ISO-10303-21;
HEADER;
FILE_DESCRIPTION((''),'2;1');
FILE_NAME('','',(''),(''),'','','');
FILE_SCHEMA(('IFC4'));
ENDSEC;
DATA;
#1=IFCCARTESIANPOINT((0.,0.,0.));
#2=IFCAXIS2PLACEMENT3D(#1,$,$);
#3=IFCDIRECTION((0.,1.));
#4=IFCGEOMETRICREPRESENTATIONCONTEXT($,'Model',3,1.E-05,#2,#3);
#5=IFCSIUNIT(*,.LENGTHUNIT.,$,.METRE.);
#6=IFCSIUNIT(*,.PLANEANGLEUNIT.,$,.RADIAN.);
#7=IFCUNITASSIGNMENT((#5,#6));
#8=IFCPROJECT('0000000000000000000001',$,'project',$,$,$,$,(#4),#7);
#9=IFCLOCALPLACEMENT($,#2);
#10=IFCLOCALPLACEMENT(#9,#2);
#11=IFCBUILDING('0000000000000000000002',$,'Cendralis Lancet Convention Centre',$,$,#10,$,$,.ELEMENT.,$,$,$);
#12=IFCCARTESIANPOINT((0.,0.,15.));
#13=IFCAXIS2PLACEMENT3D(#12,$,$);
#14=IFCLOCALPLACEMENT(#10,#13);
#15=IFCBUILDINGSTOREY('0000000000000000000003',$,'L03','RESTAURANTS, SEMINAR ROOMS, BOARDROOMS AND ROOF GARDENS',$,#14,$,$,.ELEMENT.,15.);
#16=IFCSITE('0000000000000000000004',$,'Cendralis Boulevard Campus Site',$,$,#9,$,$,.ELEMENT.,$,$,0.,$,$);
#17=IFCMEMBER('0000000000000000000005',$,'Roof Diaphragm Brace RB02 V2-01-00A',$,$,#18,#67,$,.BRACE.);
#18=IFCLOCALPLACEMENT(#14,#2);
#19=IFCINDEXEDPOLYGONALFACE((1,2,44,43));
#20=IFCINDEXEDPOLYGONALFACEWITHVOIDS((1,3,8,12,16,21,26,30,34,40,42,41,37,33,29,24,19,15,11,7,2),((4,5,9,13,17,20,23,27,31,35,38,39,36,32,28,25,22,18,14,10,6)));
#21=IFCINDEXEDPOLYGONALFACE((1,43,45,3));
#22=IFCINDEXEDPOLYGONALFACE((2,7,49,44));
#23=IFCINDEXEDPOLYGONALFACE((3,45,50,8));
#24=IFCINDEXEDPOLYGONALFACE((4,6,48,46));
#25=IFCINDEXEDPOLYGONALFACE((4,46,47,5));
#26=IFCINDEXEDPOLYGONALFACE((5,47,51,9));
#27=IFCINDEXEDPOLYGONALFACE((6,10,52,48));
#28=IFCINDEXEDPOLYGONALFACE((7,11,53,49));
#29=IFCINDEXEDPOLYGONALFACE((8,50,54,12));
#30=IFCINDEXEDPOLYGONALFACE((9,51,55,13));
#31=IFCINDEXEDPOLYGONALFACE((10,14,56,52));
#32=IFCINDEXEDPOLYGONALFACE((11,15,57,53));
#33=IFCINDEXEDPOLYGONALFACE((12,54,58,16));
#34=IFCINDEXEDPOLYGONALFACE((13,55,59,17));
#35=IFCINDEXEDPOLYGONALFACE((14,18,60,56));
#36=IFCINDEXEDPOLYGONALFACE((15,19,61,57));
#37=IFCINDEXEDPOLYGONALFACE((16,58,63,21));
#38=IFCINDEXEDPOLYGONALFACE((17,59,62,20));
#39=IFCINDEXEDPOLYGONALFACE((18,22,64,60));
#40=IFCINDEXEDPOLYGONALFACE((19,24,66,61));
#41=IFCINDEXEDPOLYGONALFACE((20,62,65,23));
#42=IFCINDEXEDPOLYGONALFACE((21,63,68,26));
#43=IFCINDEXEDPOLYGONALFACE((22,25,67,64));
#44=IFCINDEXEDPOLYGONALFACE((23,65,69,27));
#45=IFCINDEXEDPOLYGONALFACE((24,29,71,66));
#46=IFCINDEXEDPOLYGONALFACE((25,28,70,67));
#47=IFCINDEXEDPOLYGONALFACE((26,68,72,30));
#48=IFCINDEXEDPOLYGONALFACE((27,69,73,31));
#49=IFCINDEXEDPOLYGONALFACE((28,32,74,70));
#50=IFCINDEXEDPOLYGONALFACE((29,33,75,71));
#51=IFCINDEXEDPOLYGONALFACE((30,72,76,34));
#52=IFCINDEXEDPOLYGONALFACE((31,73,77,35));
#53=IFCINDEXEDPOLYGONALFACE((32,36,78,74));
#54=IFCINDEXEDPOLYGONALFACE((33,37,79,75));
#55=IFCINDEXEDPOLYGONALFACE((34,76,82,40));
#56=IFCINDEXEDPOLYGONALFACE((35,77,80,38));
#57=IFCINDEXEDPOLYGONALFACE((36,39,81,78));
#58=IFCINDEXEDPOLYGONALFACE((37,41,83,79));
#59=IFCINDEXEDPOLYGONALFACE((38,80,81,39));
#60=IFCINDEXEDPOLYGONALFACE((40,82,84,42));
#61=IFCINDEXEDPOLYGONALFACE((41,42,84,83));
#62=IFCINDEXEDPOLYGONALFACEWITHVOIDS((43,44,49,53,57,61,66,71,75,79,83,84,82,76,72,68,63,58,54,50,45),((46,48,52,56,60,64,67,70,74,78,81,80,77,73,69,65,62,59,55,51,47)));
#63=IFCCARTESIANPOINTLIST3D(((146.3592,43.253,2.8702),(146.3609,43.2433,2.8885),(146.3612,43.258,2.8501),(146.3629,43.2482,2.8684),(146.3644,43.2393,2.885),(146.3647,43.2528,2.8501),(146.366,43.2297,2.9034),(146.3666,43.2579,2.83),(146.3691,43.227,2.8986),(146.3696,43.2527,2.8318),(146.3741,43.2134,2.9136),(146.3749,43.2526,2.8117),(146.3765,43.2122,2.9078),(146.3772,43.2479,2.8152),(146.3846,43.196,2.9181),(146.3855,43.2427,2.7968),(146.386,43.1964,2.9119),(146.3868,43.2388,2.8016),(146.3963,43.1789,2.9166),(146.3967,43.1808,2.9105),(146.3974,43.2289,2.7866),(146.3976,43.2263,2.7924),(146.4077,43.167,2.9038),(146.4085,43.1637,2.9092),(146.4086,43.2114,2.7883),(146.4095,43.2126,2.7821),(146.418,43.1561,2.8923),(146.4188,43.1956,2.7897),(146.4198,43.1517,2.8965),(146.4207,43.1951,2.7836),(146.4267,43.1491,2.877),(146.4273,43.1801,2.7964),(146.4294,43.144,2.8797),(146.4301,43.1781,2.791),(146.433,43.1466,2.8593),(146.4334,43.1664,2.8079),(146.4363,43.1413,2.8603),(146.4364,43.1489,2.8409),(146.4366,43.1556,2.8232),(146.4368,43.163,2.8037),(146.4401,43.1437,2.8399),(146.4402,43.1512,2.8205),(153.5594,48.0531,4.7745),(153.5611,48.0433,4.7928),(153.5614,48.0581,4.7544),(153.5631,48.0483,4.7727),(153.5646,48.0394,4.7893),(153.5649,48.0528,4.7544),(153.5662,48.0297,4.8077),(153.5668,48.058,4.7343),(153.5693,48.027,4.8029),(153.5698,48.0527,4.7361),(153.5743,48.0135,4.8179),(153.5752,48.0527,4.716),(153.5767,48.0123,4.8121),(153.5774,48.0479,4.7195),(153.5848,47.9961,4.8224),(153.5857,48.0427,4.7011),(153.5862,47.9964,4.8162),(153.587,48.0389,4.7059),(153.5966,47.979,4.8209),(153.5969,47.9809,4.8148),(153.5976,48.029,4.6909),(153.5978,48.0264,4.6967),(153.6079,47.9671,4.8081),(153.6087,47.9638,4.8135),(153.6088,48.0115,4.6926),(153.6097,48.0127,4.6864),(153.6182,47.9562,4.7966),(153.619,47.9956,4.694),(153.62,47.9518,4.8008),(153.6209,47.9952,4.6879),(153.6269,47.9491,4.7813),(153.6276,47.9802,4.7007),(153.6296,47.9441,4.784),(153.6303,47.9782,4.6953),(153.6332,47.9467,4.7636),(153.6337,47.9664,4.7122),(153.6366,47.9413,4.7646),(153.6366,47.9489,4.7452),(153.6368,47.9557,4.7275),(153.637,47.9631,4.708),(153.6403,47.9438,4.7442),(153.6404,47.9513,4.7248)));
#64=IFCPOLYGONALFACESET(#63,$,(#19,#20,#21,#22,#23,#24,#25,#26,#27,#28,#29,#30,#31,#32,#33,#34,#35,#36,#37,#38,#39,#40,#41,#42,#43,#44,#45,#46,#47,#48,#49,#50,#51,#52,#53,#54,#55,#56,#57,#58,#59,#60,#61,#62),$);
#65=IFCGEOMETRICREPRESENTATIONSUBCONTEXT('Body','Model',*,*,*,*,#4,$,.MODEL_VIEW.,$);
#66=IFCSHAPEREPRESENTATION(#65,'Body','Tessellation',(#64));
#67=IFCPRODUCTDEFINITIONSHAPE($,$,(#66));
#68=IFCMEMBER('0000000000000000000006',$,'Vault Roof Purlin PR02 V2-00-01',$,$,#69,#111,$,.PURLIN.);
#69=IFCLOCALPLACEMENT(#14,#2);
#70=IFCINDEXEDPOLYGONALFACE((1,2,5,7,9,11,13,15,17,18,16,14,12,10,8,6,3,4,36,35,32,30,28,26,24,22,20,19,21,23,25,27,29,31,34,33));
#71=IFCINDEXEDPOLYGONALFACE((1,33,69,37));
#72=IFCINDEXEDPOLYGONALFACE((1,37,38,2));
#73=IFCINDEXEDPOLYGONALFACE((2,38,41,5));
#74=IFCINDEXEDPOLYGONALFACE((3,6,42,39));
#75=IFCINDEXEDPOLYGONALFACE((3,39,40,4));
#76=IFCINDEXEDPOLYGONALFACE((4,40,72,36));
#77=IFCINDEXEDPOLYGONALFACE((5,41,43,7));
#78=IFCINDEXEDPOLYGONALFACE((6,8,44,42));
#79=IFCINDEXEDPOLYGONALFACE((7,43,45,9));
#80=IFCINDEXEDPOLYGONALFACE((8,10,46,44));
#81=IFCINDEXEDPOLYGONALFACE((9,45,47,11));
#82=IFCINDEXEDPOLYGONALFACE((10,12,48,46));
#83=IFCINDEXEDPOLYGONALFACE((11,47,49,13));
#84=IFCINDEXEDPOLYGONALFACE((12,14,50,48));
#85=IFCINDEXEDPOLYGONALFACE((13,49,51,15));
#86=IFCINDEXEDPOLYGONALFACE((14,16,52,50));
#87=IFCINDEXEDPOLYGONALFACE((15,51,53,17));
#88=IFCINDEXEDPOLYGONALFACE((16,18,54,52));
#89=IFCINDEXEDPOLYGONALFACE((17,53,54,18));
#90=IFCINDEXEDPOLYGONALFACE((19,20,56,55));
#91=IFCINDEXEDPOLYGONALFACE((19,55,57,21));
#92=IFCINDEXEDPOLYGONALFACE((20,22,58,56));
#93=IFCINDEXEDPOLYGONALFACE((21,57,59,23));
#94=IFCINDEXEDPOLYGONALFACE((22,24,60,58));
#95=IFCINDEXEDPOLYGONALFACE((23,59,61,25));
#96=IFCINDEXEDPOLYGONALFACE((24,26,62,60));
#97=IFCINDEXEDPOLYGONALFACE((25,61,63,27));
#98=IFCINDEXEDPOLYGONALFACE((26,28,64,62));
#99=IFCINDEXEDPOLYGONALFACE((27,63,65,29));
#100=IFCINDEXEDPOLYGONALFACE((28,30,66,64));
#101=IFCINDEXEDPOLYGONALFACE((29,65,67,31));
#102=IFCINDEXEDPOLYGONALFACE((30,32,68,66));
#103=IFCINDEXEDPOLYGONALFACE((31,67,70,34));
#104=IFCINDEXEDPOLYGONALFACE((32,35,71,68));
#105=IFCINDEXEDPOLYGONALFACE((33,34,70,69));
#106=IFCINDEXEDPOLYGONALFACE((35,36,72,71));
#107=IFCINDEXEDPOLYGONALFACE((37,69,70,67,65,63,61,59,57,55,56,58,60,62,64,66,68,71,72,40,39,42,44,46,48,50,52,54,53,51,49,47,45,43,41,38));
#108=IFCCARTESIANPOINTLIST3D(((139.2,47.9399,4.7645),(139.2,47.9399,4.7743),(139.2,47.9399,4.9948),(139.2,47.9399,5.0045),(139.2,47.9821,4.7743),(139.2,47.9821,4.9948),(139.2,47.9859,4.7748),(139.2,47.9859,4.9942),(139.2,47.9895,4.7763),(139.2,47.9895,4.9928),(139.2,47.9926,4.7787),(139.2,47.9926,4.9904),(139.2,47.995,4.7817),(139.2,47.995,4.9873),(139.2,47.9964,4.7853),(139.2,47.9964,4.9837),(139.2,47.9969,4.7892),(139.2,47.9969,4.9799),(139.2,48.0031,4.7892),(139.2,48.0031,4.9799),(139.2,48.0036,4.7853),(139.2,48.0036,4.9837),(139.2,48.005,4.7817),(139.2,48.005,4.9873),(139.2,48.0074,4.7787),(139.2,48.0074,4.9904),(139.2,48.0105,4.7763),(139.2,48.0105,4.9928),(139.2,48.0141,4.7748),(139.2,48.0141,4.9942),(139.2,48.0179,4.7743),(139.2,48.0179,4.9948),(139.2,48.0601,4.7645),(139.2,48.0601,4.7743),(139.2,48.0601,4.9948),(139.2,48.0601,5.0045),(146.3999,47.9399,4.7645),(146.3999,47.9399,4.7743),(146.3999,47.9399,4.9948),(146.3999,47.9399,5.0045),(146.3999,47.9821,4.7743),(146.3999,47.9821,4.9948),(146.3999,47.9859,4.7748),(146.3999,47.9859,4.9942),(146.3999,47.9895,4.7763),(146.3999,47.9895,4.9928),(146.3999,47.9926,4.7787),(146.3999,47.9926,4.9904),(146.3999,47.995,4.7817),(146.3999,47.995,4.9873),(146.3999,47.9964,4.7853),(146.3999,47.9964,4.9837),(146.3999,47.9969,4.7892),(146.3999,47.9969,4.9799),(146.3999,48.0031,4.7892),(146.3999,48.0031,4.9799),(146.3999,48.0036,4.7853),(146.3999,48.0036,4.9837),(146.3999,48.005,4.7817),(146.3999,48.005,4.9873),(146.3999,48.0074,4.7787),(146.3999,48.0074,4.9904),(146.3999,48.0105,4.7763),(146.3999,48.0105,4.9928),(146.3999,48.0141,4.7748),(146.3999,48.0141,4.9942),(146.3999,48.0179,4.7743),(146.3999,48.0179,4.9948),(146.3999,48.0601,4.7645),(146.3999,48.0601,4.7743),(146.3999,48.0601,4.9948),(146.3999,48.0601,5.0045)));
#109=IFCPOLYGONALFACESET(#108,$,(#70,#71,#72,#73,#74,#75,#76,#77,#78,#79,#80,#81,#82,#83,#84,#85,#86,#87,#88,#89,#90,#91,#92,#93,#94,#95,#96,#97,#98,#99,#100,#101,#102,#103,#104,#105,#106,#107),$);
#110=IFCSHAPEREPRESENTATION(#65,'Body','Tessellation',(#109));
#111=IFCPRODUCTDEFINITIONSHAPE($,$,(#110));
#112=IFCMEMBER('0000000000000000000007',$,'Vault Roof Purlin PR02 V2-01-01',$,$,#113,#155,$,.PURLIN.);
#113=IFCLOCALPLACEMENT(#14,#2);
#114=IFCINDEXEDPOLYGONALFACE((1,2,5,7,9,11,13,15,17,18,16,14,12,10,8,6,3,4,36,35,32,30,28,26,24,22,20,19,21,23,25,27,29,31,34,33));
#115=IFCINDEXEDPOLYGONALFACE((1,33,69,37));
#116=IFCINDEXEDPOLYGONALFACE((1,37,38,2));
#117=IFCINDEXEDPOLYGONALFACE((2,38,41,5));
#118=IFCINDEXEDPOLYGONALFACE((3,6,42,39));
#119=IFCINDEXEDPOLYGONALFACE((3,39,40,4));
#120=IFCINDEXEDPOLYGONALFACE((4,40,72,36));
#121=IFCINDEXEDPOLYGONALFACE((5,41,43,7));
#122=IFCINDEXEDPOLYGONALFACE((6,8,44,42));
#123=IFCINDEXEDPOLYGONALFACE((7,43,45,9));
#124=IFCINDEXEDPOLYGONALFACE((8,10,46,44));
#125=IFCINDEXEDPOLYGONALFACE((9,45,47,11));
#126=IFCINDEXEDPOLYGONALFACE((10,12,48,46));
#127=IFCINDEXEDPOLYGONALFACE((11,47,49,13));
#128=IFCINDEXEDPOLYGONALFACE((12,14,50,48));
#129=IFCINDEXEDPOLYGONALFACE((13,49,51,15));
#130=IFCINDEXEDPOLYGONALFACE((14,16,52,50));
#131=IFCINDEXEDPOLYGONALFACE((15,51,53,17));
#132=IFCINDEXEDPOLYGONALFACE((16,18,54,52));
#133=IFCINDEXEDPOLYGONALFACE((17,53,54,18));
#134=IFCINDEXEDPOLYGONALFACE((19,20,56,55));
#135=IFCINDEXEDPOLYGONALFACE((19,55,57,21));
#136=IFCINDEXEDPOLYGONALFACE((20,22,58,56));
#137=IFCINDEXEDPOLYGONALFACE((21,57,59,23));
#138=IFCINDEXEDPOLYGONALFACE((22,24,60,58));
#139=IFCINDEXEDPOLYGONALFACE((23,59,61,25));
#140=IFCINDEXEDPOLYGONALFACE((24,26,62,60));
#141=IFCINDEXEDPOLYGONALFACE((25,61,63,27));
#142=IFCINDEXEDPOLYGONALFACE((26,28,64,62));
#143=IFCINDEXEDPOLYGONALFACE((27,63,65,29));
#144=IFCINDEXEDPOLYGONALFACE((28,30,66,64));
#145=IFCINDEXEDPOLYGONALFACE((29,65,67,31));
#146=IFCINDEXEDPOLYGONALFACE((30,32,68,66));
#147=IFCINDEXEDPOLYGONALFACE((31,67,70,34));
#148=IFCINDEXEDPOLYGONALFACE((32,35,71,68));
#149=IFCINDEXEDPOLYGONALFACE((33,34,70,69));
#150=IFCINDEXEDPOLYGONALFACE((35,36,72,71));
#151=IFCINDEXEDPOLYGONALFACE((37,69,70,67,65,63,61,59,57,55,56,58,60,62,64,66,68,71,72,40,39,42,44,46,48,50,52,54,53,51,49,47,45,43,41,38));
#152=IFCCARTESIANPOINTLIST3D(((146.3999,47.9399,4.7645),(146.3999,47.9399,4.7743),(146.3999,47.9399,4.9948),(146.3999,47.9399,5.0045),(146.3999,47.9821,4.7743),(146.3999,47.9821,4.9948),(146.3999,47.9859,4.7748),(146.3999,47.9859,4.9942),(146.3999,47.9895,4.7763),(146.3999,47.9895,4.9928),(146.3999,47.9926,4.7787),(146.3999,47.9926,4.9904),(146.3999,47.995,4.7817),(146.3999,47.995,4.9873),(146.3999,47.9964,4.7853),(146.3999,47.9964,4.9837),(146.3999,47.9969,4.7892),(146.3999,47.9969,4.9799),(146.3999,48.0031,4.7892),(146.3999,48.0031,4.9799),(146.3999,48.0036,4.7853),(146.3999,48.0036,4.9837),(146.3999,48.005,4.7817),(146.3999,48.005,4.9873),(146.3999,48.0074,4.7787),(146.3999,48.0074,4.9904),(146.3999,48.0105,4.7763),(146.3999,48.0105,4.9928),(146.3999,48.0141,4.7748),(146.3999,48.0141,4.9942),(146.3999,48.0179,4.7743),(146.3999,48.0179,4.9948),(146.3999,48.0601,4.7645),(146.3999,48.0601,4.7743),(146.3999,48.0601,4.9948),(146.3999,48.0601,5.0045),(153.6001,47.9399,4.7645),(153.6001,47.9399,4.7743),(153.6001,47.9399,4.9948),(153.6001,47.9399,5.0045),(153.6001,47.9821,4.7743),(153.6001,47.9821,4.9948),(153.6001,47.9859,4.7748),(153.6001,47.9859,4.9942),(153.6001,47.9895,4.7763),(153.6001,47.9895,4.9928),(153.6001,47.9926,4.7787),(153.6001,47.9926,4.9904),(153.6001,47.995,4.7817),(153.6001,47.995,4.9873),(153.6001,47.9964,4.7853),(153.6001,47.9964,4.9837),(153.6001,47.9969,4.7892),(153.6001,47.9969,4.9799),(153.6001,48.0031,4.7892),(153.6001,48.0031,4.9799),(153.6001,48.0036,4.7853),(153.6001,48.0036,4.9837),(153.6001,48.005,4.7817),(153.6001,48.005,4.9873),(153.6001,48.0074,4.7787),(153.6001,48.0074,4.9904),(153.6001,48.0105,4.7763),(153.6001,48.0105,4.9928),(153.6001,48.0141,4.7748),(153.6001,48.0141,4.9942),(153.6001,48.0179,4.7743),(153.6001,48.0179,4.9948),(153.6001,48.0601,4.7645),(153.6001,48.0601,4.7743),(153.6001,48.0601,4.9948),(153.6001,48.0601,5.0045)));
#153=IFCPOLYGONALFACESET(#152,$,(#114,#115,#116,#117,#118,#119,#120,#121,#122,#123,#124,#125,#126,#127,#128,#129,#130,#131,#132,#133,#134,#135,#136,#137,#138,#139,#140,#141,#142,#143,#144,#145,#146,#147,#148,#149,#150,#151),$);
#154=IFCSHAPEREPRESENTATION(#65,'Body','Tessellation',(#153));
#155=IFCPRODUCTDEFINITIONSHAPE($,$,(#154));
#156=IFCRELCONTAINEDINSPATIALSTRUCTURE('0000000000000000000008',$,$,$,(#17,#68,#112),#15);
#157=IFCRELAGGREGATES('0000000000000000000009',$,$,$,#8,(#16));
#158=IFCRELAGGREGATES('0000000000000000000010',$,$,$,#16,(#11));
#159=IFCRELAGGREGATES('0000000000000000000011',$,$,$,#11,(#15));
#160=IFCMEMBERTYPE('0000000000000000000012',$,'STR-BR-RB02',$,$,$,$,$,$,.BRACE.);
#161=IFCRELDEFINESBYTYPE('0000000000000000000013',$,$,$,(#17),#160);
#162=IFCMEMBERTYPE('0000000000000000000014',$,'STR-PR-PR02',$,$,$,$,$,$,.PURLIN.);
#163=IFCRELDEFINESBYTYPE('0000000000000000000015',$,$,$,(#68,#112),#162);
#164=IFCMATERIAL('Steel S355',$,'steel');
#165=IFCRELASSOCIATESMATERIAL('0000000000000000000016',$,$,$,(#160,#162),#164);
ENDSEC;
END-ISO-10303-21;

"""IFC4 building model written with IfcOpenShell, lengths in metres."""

from ifc_helpers import new_model, si_unit, direction, frame, origin, origin_2d, place, context, subcontext, project, spatial, hollow_circle, i_section, extrude, material, material_profile, profile_set, type_object, element, save


model = new_model("IFC4")

# Units and contexts
model_context = context("Model", 3, precision=1e-05, world=origin(), true_north=direction((0.0, 1.0)))
body_context = subcontext(model_context, "Body", "Model", "MODEL_VIEW")
ifc_project = project(units=[si_unit("LENGTHUNIT", "METRE"), si_unit("PLANEANGLEUNIT", "RADIAN")], contexts=[model_context])

# Site, building, storey
site_placement = place(None, origin())
site = spatial("IfcSite", under=ifc_project, at=site_placement, Name="Cendralis Boulevard Campus Site", CompositionType="ELEMENT", RefElevation=0.0)
building_placement = place(site_placement, origin())
building = spatial("IfcBuilding", under=site, at=building_placement, Name="Cendralis Lancet Convention Centre", CompositionType="ELEMENT")
storey_placement = place(building_placement, frame((0.0, 0.0, 15.0)))
storey = spatial("IfcBuildingStorey", under=building, at=storey_placement, Name="L03", Description="RESTAURANTS, SEMINAR ROOMS, BOARDROOMS AND ROOF GARDENS", CompositionType="ELEMENT", Elevation=15.0)

# Shared definitions
ifc_material_1 = material(Name="Steel S355", Category="steel")

# Members
ifc_material_profile_1 = material_profile(ifc_material_1, hollow_circle(Radius=0.0698, WallThickness=0.0063, at=origin_2d()), Name="CHS 139.7x6.3")
ifc_profile_set_1 = profile_set([ifc_material_profile_1], Name="Steel S355")
member_type_1 = type_object("IfcMemberType", Name="STR-BR-RB02", PredefinedType="BRACE", material=ifc_profile_set_1)
member_1_placement = place(storey_placement, frame((146.3999, 43.2, 2.8501), z_axis=(0.812611, 0.541732, 0.214918), x_axis=(-0.554694, 0.832055, 0.0)))
element("IfcMember", 1, at=member_1_placement, inside=storey, type_object=member_type_1, Name="Roof Diaphragm Brace RB02 V2-01-00A", PredefinedType="BRACE", context=body_context, shape_type="SweptSolid", body=[
    extrude(hollow_circle(Radius=0.0698, WallThickness=0.0063, at=origin_2d()), origin(), (0.0, 0.0, 1.0), 8.8606),
])
ifc_material_profile_2 = material_profile(ifc_material_1, i_section(OverallWidth=0.1201, OverallDepth=0.24, WebThickness=0.0061, FlangeThickness=0.0098, FilletRadius=0.0149, at=origin_2d()), Name="IPE 240")
ifc_profile_set_2 = profile_set([ifc_material_profile_2], Name="Steel S355")
member_type_2 = type_object("IfcMemberType", Name="STR-PR-PR02", PredefinedType="PURLIN", material=ifc_profile_set_2)
member_2_placement = place(storey_placement, frame((139.2, 48.0, 4.8845), z_axis=(1.0, 0.0, 0.0), x_axis=(0.0, 1.0, 0.0)))
element("IfcMember", 2, at=member_2_placement, inside=storey, type_object=member_type_2, Name="Vault Roof Purlin PR02 V2-00-01", PredefinedType="PURLIN", context=body_context, shape_type="SweptSolid", body=[
    extrude(i_section(OverallWidth=0.1201, OverallDepth=0.24, WebThickness=0.0061, FlangeThickness=0.0098, FilletRadius=0.0149, at=origin_2d()), origin(), (0.0, 0.0, 1.0), 7.2),
])
member_3_placement = place(storey_placement, frame((146.3999, 48.0, 4.8845), z_axis=(1.0, 0.0, 0.0), x_axis=(0.0, 1.0, 0.0)))
element("IfcMember", 3, at=member_3_placement, inside=storey, type_object=member_type_2, Name="Vault Roof Purlin PR02 V2-01-01", PredefinedType="PURLIN", context=body_context, shape_type="SweptSolid", body=[
    extrude(i_section(OverallWidth=0.1201, OverallDepth=0.24, WebThickness=0.0061, FlangeThickness=0.0098, FilletRadius=0.0149, at=origin_2d()), origin(), (0.0, 0.0, 1.0), 7.2002),
])

save(model, "model.ifc")
